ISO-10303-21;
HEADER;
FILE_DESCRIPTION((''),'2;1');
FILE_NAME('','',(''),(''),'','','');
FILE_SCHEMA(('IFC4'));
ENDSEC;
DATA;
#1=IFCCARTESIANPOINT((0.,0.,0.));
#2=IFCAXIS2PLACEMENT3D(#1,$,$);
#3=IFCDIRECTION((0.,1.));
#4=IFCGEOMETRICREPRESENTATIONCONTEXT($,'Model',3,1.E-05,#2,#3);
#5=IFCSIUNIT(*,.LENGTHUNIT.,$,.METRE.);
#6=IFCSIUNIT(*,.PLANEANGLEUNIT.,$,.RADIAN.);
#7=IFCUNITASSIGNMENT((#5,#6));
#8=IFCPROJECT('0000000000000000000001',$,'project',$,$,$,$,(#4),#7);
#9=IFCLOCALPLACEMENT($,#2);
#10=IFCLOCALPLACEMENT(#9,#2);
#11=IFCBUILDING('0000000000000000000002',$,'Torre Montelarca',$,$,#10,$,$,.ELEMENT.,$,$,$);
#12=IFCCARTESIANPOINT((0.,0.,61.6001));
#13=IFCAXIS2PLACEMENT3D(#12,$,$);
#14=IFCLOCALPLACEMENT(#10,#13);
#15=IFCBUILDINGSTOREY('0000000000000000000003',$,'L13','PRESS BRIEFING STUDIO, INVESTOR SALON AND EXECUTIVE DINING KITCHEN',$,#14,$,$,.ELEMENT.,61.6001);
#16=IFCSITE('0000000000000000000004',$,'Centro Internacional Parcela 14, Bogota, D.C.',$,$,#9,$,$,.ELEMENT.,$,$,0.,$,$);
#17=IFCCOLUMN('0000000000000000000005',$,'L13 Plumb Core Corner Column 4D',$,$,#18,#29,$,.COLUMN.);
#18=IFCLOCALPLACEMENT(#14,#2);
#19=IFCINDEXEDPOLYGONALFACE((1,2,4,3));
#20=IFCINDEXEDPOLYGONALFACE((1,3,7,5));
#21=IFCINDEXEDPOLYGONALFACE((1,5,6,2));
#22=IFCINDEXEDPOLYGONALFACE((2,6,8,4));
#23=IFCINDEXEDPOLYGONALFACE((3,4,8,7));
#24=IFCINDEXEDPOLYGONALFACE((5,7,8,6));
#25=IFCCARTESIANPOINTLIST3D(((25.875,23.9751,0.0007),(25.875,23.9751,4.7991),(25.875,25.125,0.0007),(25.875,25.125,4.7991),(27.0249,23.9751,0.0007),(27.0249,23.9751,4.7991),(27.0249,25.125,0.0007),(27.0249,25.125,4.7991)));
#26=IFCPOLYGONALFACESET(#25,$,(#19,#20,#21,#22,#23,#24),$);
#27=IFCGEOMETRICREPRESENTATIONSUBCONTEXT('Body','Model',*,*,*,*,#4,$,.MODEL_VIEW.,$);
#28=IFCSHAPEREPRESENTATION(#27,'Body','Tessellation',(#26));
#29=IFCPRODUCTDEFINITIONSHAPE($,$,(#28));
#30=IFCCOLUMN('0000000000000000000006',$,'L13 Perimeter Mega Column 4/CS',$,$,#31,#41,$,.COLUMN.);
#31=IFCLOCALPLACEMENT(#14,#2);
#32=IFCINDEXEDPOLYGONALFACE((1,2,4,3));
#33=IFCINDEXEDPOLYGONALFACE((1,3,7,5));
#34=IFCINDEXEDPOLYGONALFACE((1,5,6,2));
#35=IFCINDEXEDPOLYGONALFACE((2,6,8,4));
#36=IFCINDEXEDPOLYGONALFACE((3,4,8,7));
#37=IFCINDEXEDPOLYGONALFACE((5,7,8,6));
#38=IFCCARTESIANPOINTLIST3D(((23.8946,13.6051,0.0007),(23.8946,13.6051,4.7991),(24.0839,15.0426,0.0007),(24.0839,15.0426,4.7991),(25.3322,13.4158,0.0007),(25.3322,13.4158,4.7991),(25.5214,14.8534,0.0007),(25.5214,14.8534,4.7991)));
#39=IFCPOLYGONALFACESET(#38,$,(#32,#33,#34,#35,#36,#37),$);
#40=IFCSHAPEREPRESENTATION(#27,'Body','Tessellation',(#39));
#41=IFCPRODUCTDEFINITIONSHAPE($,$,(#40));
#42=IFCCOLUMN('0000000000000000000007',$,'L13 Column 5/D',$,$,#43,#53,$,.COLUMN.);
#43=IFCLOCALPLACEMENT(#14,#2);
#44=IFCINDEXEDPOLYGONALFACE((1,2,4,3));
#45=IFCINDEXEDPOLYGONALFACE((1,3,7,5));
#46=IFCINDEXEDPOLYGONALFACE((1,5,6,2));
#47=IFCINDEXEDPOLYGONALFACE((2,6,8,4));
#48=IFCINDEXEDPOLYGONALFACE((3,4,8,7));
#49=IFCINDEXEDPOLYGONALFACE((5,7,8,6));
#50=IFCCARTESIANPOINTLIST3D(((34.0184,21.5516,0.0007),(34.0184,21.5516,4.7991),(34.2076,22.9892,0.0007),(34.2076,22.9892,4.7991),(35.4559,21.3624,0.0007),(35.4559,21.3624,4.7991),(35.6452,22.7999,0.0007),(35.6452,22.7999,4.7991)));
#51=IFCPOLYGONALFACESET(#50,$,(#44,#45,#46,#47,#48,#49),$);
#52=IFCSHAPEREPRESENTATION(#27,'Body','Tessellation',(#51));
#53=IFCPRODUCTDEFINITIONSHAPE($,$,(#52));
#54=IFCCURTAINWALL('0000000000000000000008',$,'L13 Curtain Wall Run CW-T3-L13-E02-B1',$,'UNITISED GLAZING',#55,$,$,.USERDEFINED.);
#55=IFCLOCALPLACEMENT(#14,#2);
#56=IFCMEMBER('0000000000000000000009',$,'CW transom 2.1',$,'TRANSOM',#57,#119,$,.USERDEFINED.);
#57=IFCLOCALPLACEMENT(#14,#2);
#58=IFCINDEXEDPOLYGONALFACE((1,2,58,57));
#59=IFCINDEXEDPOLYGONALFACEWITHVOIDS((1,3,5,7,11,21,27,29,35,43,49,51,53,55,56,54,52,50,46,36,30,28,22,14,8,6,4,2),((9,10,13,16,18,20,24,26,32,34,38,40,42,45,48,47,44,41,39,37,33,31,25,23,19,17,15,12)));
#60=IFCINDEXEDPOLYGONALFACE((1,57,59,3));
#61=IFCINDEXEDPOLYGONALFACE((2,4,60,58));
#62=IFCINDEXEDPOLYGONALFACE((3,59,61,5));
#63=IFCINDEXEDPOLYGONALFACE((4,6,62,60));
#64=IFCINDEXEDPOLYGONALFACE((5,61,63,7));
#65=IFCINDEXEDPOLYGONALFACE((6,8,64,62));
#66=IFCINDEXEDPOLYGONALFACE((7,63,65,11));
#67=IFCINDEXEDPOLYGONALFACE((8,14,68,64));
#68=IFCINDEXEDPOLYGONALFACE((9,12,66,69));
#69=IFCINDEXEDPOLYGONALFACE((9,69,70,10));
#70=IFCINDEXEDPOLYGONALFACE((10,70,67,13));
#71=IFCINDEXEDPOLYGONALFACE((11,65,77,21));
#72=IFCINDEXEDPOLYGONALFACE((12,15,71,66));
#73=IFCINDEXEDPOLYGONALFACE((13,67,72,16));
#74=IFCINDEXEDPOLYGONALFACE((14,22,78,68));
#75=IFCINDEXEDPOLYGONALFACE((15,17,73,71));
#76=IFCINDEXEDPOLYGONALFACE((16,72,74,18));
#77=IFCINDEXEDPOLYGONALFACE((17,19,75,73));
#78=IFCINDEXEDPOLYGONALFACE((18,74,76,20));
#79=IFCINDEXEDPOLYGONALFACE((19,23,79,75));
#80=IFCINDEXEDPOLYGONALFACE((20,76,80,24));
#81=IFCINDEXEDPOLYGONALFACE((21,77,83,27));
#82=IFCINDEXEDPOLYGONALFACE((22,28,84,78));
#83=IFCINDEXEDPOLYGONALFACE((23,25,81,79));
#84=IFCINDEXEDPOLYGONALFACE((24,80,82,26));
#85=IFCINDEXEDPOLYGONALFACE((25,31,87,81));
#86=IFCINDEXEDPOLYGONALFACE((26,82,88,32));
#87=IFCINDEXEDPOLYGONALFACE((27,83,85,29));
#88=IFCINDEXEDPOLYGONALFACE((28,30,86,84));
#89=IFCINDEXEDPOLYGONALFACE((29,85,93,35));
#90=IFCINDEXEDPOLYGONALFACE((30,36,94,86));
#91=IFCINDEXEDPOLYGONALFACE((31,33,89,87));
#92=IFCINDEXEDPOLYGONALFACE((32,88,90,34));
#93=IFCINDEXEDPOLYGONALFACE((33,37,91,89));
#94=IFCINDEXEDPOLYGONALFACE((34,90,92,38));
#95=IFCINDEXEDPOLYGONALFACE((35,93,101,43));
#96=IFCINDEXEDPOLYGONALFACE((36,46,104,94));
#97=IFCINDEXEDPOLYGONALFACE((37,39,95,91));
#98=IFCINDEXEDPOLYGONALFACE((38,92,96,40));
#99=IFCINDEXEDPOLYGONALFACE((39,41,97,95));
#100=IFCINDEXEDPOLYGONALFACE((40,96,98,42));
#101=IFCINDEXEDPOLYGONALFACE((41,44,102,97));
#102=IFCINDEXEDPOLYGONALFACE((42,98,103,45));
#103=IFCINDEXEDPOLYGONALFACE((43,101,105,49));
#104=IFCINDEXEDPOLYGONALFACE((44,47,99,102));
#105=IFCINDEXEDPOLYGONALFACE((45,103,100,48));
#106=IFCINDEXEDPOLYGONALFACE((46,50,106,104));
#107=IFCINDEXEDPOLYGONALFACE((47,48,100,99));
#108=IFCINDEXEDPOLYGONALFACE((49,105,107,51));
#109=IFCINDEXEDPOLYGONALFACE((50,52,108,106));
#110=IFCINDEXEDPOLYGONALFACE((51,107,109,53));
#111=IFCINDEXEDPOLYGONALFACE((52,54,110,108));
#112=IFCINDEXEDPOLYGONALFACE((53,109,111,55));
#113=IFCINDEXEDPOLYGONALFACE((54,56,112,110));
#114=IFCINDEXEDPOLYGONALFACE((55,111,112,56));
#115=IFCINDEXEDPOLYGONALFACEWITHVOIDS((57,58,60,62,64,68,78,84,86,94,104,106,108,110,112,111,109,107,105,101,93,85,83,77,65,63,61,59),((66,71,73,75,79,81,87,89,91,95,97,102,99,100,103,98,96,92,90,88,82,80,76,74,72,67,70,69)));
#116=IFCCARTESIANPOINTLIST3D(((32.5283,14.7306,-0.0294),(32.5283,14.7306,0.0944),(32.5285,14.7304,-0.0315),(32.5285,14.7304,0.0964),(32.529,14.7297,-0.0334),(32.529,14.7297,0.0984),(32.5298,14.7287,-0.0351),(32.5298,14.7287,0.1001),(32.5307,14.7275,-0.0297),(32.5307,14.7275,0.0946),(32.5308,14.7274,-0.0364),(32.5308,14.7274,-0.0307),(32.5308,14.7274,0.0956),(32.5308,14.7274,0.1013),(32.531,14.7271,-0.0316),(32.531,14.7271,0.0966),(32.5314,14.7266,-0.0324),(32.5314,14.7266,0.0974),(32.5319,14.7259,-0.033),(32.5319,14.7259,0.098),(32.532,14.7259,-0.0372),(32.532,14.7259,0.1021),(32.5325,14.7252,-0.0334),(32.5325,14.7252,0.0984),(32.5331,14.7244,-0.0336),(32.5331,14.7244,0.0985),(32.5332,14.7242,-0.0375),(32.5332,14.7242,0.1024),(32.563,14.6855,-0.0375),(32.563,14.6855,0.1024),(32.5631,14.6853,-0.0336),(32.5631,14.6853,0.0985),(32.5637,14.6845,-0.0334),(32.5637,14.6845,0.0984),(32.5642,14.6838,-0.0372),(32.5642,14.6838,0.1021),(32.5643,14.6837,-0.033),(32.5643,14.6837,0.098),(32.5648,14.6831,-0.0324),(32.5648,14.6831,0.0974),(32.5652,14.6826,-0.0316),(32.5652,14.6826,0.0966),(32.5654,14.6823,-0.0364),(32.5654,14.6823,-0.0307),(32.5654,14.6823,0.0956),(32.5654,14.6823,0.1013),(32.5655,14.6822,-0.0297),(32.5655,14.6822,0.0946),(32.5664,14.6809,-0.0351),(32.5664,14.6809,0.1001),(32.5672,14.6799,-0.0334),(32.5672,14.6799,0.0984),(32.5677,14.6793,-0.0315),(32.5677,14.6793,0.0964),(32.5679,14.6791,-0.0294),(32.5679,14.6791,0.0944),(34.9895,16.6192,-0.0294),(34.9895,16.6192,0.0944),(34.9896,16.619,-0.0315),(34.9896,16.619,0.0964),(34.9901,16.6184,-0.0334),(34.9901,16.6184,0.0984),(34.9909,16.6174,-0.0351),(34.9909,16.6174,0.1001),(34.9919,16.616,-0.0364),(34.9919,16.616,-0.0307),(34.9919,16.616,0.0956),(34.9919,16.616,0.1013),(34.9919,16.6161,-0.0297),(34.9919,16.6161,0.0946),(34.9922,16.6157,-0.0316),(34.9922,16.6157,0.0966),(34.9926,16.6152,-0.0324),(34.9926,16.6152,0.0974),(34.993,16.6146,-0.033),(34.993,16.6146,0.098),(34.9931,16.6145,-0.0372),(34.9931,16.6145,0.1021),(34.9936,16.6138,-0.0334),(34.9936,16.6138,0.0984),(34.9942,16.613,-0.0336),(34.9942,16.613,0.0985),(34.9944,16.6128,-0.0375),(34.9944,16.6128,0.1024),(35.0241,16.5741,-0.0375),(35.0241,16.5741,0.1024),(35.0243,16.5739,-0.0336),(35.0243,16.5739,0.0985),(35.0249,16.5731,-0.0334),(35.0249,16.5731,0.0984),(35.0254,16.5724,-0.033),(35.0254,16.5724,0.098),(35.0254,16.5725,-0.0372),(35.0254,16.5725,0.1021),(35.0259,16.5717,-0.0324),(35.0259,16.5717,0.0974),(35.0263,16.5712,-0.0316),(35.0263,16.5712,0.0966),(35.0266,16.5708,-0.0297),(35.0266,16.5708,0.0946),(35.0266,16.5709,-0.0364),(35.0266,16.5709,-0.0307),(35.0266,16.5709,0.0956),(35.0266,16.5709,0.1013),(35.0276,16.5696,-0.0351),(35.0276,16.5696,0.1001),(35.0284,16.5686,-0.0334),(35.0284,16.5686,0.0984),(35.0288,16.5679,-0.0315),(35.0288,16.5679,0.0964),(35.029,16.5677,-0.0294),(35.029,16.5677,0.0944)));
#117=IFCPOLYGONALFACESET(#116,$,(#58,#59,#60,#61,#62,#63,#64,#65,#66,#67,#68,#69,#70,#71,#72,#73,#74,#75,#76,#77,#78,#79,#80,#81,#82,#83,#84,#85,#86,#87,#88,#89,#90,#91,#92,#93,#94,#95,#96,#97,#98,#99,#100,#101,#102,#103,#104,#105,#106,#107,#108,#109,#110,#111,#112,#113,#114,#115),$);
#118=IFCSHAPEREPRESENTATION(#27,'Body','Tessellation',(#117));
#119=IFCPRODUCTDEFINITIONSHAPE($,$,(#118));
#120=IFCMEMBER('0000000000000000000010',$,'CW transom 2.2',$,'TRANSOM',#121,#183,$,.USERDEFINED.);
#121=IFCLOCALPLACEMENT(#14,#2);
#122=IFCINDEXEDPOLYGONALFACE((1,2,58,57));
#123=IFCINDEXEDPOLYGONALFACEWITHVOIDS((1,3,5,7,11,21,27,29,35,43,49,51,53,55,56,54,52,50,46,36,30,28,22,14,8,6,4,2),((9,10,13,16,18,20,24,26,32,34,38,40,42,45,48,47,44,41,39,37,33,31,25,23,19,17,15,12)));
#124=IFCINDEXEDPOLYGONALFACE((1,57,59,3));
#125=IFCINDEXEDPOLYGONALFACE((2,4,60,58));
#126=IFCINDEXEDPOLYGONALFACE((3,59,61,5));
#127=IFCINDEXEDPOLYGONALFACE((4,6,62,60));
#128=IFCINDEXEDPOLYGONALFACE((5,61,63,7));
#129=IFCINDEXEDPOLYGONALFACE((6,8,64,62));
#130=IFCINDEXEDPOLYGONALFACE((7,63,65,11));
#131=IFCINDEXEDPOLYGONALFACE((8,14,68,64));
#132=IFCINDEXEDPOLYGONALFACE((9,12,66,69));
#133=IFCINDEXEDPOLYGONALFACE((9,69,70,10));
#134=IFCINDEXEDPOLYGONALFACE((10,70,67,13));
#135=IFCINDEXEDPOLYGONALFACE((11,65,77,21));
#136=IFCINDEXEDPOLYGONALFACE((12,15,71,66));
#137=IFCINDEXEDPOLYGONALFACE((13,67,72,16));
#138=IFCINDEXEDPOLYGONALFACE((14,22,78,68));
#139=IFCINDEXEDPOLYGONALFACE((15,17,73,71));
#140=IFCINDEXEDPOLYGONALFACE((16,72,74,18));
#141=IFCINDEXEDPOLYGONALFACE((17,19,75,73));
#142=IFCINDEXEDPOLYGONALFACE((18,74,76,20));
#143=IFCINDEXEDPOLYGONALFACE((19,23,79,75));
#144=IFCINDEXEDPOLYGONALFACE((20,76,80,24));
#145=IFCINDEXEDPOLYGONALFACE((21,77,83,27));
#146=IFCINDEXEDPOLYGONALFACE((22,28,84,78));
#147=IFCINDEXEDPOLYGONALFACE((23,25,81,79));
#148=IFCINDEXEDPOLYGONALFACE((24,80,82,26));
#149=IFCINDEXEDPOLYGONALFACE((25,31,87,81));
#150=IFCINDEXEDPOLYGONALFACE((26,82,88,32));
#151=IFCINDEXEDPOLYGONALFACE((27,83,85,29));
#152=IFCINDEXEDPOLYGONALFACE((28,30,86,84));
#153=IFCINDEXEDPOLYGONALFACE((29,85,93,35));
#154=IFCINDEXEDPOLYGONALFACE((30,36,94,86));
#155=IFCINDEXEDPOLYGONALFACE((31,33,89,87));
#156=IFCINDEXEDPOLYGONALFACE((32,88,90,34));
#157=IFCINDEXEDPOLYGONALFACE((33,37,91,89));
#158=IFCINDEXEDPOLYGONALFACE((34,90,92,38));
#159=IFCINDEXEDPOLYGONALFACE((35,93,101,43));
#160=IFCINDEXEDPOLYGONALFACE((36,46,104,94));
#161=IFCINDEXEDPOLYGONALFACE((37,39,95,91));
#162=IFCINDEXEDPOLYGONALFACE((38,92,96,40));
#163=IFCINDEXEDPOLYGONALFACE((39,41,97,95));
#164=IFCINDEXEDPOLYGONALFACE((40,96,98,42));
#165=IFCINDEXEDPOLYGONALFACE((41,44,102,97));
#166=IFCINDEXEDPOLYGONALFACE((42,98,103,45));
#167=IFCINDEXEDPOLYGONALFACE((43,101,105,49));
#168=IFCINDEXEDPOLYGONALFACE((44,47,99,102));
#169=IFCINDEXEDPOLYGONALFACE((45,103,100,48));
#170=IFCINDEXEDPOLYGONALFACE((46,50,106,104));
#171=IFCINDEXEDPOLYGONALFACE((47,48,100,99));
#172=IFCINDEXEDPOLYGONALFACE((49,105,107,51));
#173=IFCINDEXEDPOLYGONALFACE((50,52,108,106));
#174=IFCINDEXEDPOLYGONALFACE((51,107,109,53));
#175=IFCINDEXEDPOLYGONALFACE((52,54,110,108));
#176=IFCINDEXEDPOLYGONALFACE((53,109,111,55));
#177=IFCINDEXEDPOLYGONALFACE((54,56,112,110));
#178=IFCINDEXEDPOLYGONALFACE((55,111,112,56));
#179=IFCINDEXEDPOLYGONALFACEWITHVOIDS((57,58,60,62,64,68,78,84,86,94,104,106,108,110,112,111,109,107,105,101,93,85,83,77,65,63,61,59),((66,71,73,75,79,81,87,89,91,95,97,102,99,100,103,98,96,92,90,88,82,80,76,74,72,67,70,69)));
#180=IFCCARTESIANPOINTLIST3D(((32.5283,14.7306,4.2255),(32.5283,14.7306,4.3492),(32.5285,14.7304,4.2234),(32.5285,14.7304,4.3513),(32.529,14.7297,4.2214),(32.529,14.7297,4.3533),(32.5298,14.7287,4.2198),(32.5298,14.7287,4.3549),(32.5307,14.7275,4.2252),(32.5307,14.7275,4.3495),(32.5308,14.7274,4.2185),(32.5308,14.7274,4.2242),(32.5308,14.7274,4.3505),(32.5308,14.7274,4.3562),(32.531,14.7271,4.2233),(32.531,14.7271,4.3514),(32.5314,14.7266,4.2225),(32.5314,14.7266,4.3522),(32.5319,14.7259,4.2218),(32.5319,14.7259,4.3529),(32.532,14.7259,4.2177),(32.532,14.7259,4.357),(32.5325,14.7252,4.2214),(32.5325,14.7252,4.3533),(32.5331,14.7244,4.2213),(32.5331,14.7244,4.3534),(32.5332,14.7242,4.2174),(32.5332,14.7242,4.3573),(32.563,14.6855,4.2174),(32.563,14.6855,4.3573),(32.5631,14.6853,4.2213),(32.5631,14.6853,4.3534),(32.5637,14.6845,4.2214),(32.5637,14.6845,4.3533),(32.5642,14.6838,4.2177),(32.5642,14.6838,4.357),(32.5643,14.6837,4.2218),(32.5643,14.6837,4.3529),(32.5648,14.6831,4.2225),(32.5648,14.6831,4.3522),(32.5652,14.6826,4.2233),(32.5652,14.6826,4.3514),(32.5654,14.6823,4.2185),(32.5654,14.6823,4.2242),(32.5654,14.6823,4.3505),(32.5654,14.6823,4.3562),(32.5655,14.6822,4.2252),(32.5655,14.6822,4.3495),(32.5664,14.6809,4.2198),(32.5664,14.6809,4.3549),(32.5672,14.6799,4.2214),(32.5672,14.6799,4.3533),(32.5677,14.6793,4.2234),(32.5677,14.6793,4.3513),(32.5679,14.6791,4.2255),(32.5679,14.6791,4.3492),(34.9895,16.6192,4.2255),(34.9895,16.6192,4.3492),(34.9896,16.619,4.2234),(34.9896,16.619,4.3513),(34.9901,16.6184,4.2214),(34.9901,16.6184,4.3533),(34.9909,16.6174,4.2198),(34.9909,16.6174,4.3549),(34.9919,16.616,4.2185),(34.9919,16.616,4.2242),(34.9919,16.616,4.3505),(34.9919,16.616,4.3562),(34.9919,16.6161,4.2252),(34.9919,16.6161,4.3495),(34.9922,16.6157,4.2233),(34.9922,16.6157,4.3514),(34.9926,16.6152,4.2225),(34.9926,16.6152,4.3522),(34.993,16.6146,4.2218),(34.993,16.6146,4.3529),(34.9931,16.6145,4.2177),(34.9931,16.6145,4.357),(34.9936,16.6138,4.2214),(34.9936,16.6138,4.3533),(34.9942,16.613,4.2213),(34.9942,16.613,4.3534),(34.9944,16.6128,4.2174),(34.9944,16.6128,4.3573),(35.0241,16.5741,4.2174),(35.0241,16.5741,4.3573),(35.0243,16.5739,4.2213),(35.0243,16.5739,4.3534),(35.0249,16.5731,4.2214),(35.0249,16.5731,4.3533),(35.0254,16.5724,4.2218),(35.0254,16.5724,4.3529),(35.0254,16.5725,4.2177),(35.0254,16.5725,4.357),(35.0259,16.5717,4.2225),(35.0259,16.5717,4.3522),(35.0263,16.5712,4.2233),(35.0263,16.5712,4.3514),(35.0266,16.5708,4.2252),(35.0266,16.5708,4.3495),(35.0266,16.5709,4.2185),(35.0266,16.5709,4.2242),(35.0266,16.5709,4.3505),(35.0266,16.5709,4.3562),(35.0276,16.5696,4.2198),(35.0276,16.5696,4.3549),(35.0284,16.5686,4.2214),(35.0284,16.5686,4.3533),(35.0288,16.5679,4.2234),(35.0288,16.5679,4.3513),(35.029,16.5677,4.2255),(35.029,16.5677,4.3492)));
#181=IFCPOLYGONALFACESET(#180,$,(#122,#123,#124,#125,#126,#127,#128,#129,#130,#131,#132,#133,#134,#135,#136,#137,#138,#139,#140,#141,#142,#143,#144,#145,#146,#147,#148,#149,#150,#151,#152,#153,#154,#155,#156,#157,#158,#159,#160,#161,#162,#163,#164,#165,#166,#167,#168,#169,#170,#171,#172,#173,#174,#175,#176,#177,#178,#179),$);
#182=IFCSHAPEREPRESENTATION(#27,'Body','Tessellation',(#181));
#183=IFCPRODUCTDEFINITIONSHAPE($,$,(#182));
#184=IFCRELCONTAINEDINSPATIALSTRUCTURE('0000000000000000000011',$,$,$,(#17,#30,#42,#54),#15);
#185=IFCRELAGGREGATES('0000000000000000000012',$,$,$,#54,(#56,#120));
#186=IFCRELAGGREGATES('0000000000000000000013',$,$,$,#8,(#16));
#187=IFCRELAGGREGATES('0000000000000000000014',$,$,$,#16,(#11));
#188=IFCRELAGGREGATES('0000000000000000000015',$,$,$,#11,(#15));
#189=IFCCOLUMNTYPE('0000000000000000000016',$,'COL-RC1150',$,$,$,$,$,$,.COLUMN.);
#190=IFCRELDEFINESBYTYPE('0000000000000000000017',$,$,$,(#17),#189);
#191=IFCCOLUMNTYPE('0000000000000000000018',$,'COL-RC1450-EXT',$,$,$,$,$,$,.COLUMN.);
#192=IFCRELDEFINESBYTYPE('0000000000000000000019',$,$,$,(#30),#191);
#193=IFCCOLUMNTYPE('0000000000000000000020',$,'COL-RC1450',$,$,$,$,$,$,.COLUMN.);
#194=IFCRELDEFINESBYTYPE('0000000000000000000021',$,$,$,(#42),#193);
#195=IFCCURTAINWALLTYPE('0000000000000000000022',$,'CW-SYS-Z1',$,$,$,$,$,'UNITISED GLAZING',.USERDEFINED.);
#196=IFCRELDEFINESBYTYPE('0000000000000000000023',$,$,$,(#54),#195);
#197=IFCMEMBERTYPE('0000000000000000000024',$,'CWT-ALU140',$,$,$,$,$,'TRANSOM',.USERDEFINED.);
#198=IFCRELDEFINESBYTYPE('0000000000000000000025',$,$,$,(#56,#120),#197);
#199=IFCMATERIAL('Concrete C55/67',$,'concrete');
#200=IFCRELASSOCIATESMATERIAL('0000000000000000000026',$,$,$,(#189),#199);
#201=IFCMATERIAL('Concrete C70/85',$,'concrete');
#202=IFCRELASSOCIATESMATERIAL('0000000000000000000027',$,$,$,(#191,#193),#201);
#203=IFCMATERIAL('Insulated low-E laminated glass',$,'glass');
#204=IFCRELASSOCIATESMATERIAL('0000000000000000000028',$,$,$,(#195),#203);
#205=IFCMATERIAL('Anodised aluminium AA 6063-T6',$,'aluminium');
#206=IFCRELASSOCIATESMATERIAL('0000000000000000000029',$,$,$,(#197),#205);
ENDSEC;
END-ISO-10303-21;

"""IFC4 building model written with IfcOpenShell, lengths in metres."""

from ifc_helpers import new_model, si_unit, direction, frame, origin, origin_2d, place, context, subcontext, project, spatial, rectangle, hollow_rectangle, extrude, source, transform, mapped, material, material_profile, profile_set, type_object, element, aggregate, save


model = new_model("IFC4")

# Units and contexts
model_context = context("Model", 3, precision=1e-05, world=origin(), true_north=direction((0.0, 1.0)))
body_context = subcontext(model_context, "Body", "Model", "MODEL_VIEW")
ifc_project = project(units=[si_unit("LENGTHUNIT", "METRE"), si_unit("PLANEANGLEUNIT", "RADIAN")], contexts=[model_context])

# Site, building, storey
site_placement = place(None, origin())
site = spatial("IfcSite", under=ifc_project, at=site_placement, Name="Centro Internacional Parcela 14, Bogota, D.C.", CompositionType="ELEMENT", RefElevation=0.0)
building_placement = place(site_placement, origin())
building = spatial("IfcBuilding", under=site, at=building_placement, Name="Torre Montelarca", CompositionType="ELEMENT")
storey_placement = place(building_placement, frame((0.0, 0.0, 61.6001)))
storey = spatial("IfcBuildingStorey", under=building, at=storey_placement, Name="L13", Description="PRESS BRIEFING STUDIO, INVESTOR SALON AND EXECUTIVE DINING KITCHEN", CompositionType="ELEMENT", Elevation=61.6001)

# Columns
ifc_material_1 = material(Name="Concrete C55/67", Category="concrete")
ifc_material_profile_1 = material_profile(ifc_material_1, rectangle(XDim=1.1499, YDim=1.1499, at=origin_2d()), Name="RC1150X1150", Category="concrete")
ifc_profile_set_1 = profile_set([ifc_material_profile_1], Name="Concrete C55/67")
column_type_1 = type_object("IfcColumnType", Name="COL-RC1150", PredefinedType="COLUMN", material=ifc_profile_set_1)
shared_shape_1 = source(origin(), body_context, "Body", "SweptSolid", [
    extrude(rectangle(XDim=1.1499, YDim=1.1499, at=origin_2d()), origin(), (0.0, 0.0, 1.0), 4.7983),
])
column_1_placement = place(storey_placement, frame((26.45, 24.55, 0.0007), z_axis=(0.0, 0.0, 1.0), x_axis=(1.0, 0.0, 0.0)))
element("IfcColumn", 1, at=column_1_placement, inside=storey, type_object=column_type_1, Name="L13 Plumb Core Corner Column 4D", PredefinedType="COLUMN", context=body_context, shape_type="MappedRepresentation", body=[
    mapped(shared_shape_1, transform((0.0, 0.0, 0.0), scale=1.0)),
])
ifc_material_2 = material(Name="Concrete C70/85", Category="concrete")
ifc_material_profile_2 = material_profile(ifc_material_2, rectangle(XDim=1.45, YDim=1.45, at=origin_2d()), Name="RC1450X1450", Category="concrete")
ifc_profile_set_2 = profile_set([ifc_material_profile_2], Name="Concrete C70/85")
column_type_2 = type_object("IfcColumnType", Name="COL-RC1450-EXT", PredefinedType="COLUMN", material=ifc_profile_set_2)
shared_shape_2 = source(origin(), body_context, "Body", "SweptSolid", [
    extrude(rectangle(XDim=1.45, YDim=1.45, at=origin_2d()), origin(), (0.0, 0.0, 1.0), 4.7983),
])
column_2_placement = place(storey_placement, frame((24.708, 14.2292, 0.0007), z_axis=(0.0, 0.0, 1.0), x_axis=(-0.991445, 0.130526, 0.0)))
element("IfcColumn", 2, at=column_2_placement, inside=storey, type_object=column_type_2, Name="L13 Perimeter Mega Column 4/CS", PredefinedType="COLUMN", context=body_context, shape_type="MappedRepresentation", body=[
    mapped(shared_shape_2, transform((0.0, 0.0, 0.0), scale=1.0)),
])
ifc_material_profile_3 = material_profile(ifc_material_2, rectangle(XDim=1.45, YDim=1.45, at=origin_2d()), Name="RC1450X1450", Category="concrete")
ifc_profile_set_3 = profile_set([ifc_material_profile_3], Name="Concrete C70/85")
column_type_3 = type_object("IfcColumnType", Name="COL-RC1450", PredefinedType="COLUMN", material=ifc_profile_set_3)
shared_shape_3 = source(origin(), body_context, "Body", "SweptSolid", [
    extrude(rectangle(XDim=1.45, YDim=1.45, at=origin_2d()), origin(), (0.0, 0.0, 1.0), 4.7983),
])
column_3_placement = place(storey_placement, frame((34.8318, 22.1758, 0.0007), z_axis=(0.0, 0.0, 1.0), x_axis=(-0.991445, 0.130526, 0.0)))
element("IfcColumn", 3, at=column_3_placement, inside=storey, type_object=column_type_3, Name="L13 Column 5/D", PredefinedType="COLUMN", context=body_context, shape_type="MappedRepresentation", body=[
    mapped(shared_shape_3, transform((0.0, 0.0, 0.0), scale=1.0)),
])

# Curtain wall, members
ifc_material_3 = material(Name="Insulated low-E laminated glass", Category="glass")
curtain_wall_type = type_object("IfcCurtainWallType", Name="CW-SYS-Z1", ElementType="UNITISED GLAZING", PredefinedType="USERDEFINED", material=ifc_material_3)
curtain_wall_1_placement = place(storey_placement, origin())
curtain_wall_1 = element("IfcCurtainWall", 4, at=curtain_wall_1_placement, inside=storey, type_object=curtain_wall_type, Name="L13 Curtain Wall Run CW-T3-L13-E02-B1", ObjectType="UNITISED GLAZING", PredefinedType="USERDEFINED")
ifc_material_4 = material(Name="Anodised aluminium AA 6063-T6", Category="aluminium")
ifc_material_profile_4 = material_profile(ifc_material_4, hollow_rectangle(XDim=0.0649, YDim=0.1399, WallThickness=0.0039, InnerFilletRadius=0.0039, OuterFilletRadius=0.0081, at=origin_2d()), Name="ALU65X140X4", Category="aluminium")
ifc_profile_set_4 = profile_set([ifc_material_profile_4], Name="Anodised aluminium AA 6063-T6")
member_type_1 = type_object("IfcMemberType", Name="CWT-ALU140", ElementType="TRANSOM", PredefinedType="USERDEFINED", material=ifc_profile_set_4)
shared_shape_4 = source(origin(), body_context, "Body", "SweptSolid", [
    extrude(hollow_rectangle(XDim=0.0649, YDim=0.1399, WallThickness=0.0039, InnerFilletRadius=0.0039, OuterFilletRadius=0.0081, at=origin_2d()), origin(), (0.0, 0.0, 1.0), 3.1023),
])
member_1_placement = place(storey_placement, frame((32.5481, 14.7048, 0.0325), z_axis=(0.793331, 0.60879, 0.0), x_axis=(-0.60879, 0.793331, 0.0)))
member_1 = element("IfcMember", 5, at=member_1_placement, type_object=member_type_1, Name="CW transom 2.1", ObjectType="TRANSOM", PredefinedType="USERDEFINED", context=body_context, shape_type="MappedRepresentation", body=[
    mapped(shared_shape_4, transform((0.0, 0.0, 0.0), scale=1.0)),
])
member_2_placement = place(storey_placement, frame((32.5481, 14.7048, 4.2874), z_axis=(0.793331, 0.60879, 0.0), x_axis=(-0.60879, 0.793331, 0.0)))
member_2 = element("IfcMember", 6, at=member_2_placement, type_object=member_type_1, Name="CW transom 2.2", ObjectType="TRANSOM", PredefinedType="USERDEFINED", context=body_context, shape_type="MappedRepresentation", body=[
    mapped(shared_shape_4, transform((0.0, 0.0, 0.0), scale=1.0)),
])

aggregate(curtain_wall_1, [member_1, member_2])

save(model, "model.ifc")
